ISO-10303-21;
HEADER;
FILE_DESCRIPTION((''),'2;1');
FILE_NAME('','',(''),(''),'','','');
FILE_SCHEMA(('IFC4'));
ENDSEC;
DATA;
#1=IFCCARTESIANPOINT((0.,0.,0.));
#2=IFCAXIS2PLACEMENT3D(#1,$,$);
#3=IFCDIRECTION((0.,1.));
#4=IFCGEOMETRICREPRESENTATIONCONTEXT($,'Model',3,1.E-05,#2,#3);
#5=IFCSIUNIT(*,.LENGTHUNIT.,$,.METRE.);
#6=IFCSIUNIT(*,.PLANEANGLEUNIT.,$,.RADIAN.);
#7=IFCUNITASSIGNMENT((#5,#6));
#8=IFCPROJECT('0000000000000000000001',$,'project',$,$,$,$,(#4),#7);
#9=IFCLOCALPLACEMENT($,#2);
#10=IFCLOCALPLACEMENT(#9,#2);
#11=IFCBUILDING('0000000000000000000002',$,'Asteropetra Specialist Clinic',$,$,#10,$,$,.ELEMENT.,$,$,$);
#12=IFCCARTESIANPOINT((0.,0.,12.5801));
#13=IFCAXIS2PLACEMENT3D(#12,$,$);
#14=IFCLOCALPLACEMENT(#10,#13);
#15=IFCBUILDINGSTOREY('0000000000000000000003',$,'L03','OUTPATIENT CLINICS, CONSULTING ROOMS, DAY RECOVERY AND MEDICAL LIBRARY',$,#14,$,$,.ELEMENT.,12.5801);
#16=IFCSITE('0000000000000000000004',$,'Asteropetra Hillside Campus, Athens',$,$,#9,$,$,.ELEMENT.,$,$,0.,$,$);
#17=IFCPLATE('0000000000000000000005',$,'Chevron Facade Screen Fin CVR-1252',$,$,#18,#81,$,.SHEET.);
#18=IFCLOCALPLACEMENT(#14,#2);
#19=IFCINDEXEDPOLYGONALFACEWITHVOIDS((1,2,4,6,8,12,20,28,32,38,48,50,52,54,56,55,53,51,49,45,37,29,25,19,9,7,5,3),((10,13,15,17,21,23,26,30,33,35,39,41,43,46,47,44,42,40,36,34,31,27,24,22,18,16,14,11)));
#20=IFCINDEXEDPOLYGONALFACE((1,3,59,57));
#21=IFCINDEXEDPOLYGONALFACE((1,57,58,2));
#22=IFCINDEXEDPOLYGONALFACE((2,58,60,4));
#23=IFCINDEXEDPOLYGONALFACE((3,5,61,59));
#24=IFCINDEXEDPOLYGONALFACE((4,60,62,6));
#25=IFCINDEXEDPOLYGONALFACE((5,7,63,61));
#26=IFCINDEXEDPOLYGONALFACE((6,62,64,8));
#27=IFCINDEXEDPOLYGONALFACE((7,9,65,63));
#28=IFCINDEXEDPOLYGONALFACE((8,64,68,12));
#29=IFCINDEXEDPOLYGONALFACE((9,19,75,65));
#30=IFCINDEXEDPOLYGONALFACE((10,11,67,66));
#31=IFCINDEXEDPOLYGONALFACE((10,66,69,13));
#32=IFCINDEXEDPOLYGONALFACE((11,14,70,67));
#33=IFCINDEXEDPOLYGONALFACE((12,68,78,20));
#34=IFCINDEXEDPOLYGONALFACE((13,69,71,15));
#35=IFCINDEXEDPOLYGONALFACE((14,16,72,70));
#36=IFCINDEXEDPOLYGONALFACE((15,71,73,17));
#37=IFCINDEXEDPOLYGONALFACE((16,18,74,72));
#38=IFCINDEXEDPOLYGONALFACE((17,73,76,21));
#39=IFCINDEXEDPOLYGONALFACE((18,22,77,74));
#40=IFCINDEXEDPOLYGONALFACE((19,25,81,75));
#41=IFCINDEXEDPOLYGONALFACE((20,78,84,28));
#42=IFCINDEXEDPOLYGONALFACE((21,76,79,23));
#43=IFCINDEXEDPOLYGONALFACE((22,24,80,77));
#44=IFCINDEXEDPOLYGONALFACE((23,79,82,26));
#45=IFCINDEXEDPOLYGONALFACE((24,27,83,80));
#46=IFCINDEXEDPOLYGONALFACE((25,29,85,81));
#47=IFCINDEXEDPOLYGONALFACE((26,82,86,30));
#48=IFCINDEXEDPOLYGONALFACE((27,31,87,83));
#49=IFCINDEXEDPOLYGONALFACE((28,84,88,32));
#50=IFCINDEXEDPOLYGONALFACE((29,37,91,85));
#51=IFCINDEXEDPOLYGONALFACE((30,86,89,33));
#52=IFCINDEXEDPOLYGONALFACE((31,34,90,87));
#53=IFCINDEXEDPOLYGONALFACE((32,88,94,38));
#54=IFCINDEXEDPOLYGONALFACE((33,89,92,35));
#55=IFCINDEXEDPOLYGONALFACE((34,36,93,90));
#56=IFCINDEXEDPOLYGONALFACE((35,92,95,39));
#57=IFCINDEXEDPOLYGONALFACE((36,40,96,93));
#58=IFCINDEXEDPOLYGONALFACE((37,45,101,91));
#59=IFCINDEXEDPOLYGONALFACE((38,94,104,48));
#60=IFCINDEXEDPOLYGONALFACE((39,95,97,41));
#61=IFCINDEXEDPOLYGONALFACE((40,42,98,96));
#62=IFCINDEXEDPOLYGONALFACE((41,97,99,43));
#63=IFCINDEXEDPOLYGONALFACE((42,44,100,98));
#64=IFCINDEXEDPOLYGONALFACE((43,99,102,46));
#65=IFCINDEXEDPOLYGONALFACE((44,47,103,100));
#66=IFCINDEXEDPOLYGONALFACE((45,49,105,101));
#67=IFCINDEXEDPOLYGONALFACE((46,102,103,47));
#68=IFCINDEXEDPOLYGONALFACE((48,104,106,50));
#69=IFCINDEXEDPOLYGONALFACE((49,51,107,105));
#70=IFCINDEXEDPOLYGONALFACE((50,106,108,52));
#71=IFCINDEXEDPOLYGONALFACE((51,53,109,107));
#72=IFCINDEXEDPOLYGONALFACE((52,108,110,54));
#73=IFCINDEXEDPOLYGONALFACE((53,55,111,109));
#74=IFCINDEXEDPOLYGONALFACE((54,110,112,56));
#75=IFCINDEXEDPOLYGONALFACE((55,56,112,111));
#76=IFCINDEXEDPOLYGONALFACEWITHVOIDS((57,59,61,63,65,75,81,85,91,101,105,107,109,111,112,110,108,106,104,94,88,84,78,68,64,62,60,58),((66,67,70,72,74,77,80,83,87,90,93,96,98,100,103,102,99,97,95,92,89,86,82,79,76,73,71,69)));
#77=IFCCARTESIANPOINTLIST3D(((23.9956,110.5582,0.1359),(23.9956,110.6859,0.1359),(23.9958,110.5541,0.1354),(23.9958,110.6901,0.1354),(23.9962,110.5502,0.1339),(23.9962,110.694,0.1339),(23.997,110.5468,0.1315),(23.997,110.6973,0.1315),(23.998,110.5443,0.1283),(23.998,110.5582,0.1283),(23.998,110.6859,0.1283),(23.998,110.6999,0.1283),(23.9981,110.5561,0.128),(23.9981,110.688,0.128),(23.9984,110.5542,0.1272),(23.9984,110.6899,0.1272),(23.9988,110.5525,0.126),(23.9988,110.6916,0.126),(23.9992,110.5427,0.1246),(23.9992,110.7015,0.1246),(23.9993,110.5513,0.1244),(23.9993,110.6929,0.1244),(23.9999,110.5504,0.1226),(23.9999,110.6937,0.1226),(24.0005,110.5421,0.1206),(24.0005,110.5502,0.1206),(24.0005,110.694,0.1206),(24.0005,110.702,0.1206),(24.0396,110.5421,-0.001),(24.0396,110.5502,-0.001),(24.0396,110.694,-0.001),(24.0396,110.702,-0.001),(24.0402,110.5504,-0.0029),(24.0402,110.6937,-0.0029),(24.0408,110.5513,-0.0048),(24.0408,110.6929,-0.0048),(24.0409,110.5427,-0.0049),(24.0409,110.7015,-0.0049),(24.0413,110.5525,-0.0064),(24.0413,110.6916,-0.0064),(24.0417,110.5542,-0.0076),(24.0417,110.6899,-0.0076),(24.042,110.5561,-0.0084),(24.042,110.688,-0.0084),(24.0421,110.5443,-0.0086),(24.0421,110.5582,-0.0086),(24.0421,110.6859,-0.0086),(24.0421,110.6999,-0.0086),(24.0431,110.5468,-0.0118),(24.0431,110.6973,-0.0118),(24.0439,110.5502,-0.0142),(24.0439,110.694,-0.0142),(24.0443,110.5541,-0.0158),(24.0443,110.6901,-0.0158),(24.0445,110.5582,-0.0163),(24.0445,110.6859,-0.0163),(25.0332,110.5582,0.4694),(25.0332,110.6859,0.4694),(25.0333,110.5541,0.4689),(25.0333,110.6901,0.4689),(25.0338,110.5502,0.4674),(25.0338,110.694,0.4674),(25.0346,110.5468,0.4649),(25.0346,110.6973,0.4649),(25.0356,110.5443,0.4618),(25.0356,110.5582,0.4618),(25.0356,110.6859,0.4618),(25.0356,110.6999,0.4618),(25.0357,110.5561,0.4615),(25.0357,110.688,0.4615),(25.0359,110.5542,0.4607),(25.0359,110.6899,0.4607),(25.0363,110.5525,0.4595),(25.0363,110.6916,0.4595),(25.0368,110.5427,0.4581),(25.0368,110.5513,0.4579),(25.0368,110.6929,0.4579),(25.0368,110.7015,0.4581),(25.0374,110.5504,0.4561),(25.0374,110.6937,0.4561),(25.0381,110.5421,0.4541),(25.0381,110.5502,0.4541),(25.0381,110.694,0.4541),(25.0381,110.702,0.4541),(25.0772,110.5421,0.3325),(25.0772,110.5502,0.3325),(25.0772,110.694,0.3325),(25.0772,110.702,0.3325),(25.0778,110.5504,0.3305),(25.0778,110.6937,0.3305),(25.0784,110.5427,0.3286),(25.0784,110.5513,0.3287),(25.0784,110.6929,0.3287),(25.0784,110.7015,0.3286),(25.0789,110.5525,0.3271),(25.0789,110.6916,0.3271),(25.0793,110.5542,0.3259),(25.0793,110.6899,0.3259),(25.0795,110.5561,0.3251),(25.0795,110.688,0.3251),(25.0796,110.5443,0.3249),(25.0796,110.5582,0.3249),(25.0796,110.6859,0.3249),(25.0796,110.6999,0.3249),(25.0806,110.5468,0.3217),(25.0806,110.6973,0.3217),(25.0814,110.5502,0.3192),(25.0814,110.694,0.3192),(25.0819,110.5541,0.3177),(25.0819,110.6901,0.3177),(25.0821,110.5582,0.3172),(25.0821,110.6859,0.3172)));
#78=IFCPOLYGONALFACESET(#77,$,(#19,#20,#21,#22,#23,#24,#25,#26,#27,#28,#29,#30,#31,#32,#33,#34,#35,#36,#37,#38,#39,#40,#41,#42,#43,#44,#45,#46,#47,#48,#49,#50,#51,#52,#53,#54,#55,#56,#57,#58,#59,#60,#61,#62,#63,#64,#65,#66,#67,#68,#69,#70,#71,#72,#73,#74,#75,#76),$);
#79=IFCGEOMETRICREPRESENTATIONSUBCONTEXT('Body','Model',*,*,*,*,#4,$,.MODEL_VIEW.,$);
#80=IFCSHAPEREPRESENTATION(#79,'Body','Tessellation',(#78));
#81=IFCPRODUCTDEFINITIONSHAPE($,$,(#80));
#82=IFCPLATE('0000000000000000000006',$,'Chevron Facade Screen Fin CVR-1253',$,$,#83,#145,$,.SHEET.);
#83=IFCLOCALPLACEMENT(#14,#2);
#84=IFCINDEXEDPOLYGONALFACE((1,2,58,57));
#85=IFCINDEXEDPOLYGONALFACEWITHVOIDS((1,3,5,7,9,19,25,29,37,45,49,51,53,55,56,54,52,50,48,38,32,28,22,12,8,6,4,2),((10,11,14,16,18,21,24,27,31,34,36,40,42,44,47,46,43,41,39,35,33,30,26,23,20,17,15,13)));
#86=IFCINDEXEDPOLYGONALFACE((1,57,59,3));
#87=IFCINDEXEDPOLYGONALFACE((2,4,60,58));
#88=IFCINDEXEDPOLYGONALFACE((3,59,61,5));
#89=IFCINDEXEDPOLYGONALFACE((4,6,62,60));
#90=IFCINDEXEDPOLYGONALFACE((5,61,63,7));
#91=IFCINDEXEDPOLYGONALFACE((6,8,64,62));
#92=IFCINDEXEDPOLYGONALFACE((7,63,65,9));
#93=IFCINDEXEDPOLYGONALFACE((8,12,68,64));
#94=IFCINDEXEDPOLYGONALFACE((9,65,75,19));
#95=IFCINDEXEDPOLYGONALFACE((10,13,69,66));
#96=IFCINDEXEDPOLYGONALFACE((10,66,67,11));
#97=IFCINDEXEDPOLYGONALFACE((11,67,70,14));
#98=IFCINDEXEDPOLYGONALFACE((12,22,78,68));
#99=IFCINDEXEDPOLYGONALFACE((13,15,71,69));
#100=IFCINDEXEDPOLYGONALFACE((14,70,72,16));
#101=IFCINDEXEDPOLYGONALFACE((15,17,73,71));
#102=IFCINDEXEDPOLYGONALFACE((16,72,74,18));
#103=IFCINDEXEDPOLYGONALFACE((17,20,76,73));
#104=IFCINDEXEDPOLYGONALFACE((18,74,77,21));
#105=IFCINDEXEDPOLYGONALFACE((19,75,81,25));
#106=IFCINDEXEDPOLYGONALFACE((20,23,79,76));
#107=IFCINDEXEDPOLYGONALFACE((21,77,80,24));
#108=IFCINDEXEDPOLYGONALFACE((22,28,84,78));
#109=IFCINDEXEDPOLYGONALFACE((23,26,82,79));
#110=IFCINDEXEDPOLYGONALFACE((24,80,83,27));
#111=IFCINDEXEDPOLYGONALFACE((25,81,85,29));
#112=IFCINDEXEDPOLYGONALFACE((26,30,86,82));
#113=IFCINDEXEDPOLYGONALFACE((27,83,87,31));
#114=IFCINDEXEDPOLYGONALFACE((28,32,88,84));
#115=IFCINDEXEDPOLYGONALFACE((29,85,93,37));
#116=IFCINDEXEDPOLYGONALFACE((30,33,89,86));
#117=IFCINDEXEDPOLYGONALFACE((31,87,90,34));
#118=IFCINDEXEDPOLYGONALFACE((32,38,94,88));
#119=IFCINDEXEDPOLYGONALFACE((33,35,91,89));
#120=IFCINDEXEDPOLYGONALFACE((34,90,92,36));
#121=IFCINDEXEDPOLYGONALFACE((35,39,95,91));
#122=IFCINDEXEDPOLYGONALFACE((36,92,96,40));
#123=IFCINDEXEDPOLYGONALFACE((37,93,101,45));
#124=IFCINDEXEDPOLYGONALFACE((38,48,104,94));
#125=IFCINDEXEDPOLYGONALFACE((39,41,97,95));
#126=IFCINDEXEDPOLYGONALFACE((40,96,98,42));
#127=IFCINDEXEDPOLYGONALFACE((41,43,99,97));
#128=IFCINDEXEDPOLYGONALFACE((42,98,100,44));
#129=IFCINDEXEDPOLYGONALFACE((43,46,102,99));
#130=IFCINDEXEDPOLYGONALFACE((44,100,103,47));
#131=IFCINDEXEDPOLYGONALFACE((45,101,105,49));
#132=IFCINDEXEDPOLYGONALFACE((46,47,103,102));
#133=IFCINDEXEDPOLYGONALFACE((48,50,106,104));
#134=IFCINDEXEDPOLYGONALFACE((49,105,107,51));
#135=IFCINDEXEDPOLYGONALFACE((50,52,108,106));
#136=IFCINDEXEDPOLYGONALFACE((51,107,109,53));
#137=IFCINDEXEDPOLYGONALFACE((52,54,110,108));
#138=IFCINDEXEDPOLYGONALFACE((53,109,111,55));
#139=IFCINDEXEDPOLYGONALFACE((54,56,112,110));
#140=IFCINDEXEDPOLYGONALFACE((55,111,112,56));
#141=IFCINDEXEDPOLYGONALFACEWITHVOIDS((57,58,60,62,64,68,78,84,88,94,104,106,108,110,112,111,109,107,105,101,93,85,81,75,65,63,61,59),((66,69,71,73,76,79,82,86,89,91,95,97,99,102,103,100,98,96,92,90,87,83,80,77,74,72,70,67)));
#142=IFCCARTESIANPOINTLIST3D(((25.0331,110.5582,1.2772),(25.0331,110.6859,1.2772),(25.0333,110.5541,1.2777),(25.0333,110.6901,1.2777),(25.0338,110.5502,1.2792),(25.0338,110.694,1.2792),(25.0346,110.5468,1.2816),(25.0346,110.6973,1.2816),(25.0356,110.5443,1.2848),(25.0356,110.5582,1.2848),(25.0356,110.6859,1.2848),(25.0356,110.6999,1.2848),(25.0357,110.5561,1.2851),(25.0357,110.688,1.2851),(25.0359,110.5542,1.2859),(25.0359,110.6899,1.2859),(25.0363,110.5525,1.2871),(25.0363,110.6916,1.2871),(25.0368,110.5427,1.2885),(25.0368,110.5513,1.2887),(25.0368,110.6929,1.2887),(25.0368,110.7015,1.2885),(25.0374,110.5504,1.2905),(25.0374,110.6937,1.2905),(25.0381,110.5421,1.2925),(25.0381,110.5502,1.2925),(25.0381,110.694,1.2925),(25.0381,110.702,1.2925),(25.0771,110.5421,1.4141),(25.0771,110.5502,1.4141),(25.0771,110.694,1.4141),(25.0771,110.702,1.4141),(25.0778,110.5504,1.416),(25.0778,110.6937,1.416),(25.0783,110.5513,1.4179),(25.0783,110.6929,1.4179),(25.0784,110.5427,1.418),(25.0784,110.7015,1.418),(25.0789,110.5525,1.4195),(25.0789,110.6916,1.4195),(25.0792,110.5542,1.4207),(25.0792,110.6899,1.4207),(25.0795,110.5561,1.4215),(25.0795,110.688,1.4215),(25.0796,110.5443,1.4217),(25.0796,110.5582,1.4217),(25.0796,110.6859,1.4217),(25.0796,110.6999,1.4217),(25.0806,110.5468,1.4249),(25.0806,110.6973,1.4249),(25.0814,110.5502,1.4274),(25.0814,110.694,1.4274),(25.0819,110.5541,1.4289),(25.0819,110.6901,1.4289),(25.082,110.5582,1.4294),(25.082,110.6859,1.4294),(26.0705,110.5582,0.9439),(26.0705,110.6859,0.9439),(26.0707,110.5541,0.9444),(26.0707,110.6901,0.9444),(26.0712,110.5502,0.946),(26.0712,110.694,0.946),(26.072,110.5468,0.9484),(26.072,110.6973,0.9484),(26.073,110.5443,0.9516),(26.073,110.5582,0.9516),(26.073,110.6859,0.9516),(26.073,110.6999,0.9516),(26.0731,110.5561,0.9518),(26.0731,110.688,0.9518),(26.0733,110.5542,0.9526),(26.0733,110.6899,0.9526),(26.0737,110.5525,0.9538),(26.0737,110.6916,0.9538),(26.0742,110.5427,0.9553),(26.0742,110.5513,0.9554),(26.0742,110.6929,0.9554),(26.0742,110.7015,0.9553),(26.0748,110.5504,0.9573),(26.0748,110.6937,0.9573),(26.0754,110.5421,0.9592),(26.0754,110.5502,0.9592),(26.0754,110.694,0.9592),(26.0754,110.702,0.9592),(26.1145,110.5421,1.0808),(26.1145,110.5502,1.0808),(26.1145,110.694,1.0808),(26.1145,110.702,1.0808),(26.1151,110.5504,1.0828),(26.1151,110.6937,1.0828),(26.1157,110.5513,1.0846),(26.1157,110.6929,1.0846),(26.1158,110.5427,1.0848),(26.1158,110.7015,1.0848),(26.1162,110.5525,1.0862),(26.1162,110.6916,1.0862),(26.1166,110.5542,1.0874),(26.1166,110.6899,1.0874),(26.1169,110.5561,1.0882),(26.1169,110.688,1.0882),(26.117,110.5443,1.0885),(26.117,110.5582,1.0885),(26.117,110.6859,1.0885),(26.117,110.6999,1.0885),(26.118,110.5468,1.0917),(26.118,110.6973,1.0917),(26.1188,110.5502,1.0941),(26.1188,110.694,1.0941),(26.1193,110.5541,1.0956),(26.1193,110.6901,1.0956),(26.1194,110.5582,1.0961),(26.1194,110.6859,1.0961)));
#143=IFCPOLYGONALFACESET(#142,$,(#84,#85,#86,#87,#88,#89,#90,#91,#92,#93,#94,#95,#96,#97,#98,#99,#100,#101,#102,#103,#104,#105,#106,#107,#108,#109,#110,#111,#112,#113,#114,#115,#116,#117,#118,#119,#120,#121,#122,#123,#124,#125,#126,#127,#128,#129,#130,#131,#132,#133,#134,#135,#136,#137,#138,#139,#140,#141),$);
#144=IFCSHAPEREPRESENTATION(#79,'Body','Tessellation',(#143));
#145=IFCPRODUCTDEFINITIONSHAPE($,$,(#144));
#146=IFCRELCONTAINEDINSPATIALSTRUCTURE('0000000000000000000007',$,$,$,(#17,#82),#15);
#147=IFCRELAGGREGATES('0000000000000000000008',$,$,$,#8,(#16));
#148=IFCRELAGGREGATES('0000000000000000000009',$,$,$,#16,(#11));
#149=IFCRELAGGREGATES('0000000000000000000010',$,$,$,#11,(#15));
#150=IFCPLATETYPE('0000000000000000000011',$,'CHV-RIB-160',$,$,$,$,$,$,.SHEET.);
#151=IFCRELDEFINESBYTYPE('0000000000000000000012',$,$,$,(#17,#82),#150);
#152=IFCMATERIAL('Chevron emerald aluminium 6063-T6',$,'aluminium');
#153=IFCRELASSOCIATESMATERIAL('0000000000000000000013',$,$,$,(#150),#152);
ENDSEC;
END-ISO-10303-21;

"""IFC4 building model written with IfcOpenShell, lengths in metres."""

from ifc_helpers import new_model, si_unit, direction, frame, origin, origin_2d, place, context, subcontext, project, spatial, hollow_rectangle, extrude, material, material_profile, profile_set, type_object, element, save


model = new_model("IFC4")

# Units and contexts
model_context = context("Model", 3, precision=1e-05, world=origin(), true_north=direction((0.0, 1.0)))
body_context = subcontext(model_context, "Body", "Model", "MODEL_VIEW")
ifc_project = project(units=[si_unit("LENGTHUNIT", "METRE"), si_unit("PLANEANGLEUNIT", "RADIAN")], contexts=[model_context])

# Site, building, storey
site_placement = place(None, origin())
site = spatial("IfcSite", under=ifc_project, at=site_placement, Name="Asteropetra Hillside Campus, Athens", CompositionType="ELEMENT", RefElevation=0.0)
building_placement = place(site_placement, origin())
building = spatial("IfcBuilding", under=site, at=building_placement, Name="Asteropetra Specialist Clinic", CompositionType="ELEMENT")
storey_placement = place(building_placement, frame((0.0, 0.0, 12.5801)))
storey = spatial("IfcBuildingStorey", under=building, at=storey_placement, Name="L03", Description="OUTPATIENT CLINICS, CONSULTING ROOMS, DAY RECOVERY AND MEDICAL LIBRARY", CompositionType="ELEMENT", Elevation=12.5801)

# Plates
ifc_material_1 = material(Name="Chevron emerald aluminium 6063-T6", Category="aluminium")
ifc_material_profile_1 = material_profile(ifc_material_1, hollow_rectangle(XDim=0.1599, YDim=0.1599, WallThickness=0.0081, InnerFilletRadius=0.0081, OuterFilletRadius=0.0161, at=origin_2d()), Name="SHS 160x160x8.0")
ifc_profile_set_1 = profile_set([ifc_material_profile_1], Name="Chevron emerald aluminium 6063-T6")
plate_type = type_object("IfcPlateType", Name="CHV-RIB-160", PredefinedType="SHEET", material=ifc_profile_set_1)
plate_1_placement = place(storey_placement, frame((25.0576, 110.6221, 0.3933), z_axis=(-0.952033, 0.0, -0.305995), x_axis=(0.0, -1.0, 0.0)))
element("IfcPlate", 1, at=plate_1_placement, inside=storey, type_object=plate_type, Name="Chevron Facade Screen Fin CVR-1252", PredefinedType="SHEET", context=body_context, shape_type="SweptSolid", body=[
    extrude(hollow_rectangle(XDim=0.1599, YDim=0.1599, WallThickness=0.0081, InnerFilletRadius=0.0081, OuterFilletRadius=0.0161, at=origin_2d()), origin(), (0.0, 0.0, 1.0), 1.0898),
])
plate_2_placement = place(storey_placement, frame((26.095, 110.6221, 1.02), z_axis=(-0.952078, 0.0, 0.305857), x_axis=(0.0, -1.0, 0.0)))
element("IfcPlate", 2, at=plate_2_placement, inside=storey, type_object=plate_type, Name="Chevron Facade Screen Fin CVR-1253", PredefinedType="SHEET", context=body_context, shape_type="SweptSolid", body=[
    extrude(hollow_rectangle(XDim=0.1599, YDim=0.1599, WallThickness=0.0081, InnerFilletRadius=0.0081, OuterFilletRadius=0.0161, at=origin_2d()), origin(), (0.0, 0.0, 1.0), 1.0896),
])

save(model, "model.ifc")
